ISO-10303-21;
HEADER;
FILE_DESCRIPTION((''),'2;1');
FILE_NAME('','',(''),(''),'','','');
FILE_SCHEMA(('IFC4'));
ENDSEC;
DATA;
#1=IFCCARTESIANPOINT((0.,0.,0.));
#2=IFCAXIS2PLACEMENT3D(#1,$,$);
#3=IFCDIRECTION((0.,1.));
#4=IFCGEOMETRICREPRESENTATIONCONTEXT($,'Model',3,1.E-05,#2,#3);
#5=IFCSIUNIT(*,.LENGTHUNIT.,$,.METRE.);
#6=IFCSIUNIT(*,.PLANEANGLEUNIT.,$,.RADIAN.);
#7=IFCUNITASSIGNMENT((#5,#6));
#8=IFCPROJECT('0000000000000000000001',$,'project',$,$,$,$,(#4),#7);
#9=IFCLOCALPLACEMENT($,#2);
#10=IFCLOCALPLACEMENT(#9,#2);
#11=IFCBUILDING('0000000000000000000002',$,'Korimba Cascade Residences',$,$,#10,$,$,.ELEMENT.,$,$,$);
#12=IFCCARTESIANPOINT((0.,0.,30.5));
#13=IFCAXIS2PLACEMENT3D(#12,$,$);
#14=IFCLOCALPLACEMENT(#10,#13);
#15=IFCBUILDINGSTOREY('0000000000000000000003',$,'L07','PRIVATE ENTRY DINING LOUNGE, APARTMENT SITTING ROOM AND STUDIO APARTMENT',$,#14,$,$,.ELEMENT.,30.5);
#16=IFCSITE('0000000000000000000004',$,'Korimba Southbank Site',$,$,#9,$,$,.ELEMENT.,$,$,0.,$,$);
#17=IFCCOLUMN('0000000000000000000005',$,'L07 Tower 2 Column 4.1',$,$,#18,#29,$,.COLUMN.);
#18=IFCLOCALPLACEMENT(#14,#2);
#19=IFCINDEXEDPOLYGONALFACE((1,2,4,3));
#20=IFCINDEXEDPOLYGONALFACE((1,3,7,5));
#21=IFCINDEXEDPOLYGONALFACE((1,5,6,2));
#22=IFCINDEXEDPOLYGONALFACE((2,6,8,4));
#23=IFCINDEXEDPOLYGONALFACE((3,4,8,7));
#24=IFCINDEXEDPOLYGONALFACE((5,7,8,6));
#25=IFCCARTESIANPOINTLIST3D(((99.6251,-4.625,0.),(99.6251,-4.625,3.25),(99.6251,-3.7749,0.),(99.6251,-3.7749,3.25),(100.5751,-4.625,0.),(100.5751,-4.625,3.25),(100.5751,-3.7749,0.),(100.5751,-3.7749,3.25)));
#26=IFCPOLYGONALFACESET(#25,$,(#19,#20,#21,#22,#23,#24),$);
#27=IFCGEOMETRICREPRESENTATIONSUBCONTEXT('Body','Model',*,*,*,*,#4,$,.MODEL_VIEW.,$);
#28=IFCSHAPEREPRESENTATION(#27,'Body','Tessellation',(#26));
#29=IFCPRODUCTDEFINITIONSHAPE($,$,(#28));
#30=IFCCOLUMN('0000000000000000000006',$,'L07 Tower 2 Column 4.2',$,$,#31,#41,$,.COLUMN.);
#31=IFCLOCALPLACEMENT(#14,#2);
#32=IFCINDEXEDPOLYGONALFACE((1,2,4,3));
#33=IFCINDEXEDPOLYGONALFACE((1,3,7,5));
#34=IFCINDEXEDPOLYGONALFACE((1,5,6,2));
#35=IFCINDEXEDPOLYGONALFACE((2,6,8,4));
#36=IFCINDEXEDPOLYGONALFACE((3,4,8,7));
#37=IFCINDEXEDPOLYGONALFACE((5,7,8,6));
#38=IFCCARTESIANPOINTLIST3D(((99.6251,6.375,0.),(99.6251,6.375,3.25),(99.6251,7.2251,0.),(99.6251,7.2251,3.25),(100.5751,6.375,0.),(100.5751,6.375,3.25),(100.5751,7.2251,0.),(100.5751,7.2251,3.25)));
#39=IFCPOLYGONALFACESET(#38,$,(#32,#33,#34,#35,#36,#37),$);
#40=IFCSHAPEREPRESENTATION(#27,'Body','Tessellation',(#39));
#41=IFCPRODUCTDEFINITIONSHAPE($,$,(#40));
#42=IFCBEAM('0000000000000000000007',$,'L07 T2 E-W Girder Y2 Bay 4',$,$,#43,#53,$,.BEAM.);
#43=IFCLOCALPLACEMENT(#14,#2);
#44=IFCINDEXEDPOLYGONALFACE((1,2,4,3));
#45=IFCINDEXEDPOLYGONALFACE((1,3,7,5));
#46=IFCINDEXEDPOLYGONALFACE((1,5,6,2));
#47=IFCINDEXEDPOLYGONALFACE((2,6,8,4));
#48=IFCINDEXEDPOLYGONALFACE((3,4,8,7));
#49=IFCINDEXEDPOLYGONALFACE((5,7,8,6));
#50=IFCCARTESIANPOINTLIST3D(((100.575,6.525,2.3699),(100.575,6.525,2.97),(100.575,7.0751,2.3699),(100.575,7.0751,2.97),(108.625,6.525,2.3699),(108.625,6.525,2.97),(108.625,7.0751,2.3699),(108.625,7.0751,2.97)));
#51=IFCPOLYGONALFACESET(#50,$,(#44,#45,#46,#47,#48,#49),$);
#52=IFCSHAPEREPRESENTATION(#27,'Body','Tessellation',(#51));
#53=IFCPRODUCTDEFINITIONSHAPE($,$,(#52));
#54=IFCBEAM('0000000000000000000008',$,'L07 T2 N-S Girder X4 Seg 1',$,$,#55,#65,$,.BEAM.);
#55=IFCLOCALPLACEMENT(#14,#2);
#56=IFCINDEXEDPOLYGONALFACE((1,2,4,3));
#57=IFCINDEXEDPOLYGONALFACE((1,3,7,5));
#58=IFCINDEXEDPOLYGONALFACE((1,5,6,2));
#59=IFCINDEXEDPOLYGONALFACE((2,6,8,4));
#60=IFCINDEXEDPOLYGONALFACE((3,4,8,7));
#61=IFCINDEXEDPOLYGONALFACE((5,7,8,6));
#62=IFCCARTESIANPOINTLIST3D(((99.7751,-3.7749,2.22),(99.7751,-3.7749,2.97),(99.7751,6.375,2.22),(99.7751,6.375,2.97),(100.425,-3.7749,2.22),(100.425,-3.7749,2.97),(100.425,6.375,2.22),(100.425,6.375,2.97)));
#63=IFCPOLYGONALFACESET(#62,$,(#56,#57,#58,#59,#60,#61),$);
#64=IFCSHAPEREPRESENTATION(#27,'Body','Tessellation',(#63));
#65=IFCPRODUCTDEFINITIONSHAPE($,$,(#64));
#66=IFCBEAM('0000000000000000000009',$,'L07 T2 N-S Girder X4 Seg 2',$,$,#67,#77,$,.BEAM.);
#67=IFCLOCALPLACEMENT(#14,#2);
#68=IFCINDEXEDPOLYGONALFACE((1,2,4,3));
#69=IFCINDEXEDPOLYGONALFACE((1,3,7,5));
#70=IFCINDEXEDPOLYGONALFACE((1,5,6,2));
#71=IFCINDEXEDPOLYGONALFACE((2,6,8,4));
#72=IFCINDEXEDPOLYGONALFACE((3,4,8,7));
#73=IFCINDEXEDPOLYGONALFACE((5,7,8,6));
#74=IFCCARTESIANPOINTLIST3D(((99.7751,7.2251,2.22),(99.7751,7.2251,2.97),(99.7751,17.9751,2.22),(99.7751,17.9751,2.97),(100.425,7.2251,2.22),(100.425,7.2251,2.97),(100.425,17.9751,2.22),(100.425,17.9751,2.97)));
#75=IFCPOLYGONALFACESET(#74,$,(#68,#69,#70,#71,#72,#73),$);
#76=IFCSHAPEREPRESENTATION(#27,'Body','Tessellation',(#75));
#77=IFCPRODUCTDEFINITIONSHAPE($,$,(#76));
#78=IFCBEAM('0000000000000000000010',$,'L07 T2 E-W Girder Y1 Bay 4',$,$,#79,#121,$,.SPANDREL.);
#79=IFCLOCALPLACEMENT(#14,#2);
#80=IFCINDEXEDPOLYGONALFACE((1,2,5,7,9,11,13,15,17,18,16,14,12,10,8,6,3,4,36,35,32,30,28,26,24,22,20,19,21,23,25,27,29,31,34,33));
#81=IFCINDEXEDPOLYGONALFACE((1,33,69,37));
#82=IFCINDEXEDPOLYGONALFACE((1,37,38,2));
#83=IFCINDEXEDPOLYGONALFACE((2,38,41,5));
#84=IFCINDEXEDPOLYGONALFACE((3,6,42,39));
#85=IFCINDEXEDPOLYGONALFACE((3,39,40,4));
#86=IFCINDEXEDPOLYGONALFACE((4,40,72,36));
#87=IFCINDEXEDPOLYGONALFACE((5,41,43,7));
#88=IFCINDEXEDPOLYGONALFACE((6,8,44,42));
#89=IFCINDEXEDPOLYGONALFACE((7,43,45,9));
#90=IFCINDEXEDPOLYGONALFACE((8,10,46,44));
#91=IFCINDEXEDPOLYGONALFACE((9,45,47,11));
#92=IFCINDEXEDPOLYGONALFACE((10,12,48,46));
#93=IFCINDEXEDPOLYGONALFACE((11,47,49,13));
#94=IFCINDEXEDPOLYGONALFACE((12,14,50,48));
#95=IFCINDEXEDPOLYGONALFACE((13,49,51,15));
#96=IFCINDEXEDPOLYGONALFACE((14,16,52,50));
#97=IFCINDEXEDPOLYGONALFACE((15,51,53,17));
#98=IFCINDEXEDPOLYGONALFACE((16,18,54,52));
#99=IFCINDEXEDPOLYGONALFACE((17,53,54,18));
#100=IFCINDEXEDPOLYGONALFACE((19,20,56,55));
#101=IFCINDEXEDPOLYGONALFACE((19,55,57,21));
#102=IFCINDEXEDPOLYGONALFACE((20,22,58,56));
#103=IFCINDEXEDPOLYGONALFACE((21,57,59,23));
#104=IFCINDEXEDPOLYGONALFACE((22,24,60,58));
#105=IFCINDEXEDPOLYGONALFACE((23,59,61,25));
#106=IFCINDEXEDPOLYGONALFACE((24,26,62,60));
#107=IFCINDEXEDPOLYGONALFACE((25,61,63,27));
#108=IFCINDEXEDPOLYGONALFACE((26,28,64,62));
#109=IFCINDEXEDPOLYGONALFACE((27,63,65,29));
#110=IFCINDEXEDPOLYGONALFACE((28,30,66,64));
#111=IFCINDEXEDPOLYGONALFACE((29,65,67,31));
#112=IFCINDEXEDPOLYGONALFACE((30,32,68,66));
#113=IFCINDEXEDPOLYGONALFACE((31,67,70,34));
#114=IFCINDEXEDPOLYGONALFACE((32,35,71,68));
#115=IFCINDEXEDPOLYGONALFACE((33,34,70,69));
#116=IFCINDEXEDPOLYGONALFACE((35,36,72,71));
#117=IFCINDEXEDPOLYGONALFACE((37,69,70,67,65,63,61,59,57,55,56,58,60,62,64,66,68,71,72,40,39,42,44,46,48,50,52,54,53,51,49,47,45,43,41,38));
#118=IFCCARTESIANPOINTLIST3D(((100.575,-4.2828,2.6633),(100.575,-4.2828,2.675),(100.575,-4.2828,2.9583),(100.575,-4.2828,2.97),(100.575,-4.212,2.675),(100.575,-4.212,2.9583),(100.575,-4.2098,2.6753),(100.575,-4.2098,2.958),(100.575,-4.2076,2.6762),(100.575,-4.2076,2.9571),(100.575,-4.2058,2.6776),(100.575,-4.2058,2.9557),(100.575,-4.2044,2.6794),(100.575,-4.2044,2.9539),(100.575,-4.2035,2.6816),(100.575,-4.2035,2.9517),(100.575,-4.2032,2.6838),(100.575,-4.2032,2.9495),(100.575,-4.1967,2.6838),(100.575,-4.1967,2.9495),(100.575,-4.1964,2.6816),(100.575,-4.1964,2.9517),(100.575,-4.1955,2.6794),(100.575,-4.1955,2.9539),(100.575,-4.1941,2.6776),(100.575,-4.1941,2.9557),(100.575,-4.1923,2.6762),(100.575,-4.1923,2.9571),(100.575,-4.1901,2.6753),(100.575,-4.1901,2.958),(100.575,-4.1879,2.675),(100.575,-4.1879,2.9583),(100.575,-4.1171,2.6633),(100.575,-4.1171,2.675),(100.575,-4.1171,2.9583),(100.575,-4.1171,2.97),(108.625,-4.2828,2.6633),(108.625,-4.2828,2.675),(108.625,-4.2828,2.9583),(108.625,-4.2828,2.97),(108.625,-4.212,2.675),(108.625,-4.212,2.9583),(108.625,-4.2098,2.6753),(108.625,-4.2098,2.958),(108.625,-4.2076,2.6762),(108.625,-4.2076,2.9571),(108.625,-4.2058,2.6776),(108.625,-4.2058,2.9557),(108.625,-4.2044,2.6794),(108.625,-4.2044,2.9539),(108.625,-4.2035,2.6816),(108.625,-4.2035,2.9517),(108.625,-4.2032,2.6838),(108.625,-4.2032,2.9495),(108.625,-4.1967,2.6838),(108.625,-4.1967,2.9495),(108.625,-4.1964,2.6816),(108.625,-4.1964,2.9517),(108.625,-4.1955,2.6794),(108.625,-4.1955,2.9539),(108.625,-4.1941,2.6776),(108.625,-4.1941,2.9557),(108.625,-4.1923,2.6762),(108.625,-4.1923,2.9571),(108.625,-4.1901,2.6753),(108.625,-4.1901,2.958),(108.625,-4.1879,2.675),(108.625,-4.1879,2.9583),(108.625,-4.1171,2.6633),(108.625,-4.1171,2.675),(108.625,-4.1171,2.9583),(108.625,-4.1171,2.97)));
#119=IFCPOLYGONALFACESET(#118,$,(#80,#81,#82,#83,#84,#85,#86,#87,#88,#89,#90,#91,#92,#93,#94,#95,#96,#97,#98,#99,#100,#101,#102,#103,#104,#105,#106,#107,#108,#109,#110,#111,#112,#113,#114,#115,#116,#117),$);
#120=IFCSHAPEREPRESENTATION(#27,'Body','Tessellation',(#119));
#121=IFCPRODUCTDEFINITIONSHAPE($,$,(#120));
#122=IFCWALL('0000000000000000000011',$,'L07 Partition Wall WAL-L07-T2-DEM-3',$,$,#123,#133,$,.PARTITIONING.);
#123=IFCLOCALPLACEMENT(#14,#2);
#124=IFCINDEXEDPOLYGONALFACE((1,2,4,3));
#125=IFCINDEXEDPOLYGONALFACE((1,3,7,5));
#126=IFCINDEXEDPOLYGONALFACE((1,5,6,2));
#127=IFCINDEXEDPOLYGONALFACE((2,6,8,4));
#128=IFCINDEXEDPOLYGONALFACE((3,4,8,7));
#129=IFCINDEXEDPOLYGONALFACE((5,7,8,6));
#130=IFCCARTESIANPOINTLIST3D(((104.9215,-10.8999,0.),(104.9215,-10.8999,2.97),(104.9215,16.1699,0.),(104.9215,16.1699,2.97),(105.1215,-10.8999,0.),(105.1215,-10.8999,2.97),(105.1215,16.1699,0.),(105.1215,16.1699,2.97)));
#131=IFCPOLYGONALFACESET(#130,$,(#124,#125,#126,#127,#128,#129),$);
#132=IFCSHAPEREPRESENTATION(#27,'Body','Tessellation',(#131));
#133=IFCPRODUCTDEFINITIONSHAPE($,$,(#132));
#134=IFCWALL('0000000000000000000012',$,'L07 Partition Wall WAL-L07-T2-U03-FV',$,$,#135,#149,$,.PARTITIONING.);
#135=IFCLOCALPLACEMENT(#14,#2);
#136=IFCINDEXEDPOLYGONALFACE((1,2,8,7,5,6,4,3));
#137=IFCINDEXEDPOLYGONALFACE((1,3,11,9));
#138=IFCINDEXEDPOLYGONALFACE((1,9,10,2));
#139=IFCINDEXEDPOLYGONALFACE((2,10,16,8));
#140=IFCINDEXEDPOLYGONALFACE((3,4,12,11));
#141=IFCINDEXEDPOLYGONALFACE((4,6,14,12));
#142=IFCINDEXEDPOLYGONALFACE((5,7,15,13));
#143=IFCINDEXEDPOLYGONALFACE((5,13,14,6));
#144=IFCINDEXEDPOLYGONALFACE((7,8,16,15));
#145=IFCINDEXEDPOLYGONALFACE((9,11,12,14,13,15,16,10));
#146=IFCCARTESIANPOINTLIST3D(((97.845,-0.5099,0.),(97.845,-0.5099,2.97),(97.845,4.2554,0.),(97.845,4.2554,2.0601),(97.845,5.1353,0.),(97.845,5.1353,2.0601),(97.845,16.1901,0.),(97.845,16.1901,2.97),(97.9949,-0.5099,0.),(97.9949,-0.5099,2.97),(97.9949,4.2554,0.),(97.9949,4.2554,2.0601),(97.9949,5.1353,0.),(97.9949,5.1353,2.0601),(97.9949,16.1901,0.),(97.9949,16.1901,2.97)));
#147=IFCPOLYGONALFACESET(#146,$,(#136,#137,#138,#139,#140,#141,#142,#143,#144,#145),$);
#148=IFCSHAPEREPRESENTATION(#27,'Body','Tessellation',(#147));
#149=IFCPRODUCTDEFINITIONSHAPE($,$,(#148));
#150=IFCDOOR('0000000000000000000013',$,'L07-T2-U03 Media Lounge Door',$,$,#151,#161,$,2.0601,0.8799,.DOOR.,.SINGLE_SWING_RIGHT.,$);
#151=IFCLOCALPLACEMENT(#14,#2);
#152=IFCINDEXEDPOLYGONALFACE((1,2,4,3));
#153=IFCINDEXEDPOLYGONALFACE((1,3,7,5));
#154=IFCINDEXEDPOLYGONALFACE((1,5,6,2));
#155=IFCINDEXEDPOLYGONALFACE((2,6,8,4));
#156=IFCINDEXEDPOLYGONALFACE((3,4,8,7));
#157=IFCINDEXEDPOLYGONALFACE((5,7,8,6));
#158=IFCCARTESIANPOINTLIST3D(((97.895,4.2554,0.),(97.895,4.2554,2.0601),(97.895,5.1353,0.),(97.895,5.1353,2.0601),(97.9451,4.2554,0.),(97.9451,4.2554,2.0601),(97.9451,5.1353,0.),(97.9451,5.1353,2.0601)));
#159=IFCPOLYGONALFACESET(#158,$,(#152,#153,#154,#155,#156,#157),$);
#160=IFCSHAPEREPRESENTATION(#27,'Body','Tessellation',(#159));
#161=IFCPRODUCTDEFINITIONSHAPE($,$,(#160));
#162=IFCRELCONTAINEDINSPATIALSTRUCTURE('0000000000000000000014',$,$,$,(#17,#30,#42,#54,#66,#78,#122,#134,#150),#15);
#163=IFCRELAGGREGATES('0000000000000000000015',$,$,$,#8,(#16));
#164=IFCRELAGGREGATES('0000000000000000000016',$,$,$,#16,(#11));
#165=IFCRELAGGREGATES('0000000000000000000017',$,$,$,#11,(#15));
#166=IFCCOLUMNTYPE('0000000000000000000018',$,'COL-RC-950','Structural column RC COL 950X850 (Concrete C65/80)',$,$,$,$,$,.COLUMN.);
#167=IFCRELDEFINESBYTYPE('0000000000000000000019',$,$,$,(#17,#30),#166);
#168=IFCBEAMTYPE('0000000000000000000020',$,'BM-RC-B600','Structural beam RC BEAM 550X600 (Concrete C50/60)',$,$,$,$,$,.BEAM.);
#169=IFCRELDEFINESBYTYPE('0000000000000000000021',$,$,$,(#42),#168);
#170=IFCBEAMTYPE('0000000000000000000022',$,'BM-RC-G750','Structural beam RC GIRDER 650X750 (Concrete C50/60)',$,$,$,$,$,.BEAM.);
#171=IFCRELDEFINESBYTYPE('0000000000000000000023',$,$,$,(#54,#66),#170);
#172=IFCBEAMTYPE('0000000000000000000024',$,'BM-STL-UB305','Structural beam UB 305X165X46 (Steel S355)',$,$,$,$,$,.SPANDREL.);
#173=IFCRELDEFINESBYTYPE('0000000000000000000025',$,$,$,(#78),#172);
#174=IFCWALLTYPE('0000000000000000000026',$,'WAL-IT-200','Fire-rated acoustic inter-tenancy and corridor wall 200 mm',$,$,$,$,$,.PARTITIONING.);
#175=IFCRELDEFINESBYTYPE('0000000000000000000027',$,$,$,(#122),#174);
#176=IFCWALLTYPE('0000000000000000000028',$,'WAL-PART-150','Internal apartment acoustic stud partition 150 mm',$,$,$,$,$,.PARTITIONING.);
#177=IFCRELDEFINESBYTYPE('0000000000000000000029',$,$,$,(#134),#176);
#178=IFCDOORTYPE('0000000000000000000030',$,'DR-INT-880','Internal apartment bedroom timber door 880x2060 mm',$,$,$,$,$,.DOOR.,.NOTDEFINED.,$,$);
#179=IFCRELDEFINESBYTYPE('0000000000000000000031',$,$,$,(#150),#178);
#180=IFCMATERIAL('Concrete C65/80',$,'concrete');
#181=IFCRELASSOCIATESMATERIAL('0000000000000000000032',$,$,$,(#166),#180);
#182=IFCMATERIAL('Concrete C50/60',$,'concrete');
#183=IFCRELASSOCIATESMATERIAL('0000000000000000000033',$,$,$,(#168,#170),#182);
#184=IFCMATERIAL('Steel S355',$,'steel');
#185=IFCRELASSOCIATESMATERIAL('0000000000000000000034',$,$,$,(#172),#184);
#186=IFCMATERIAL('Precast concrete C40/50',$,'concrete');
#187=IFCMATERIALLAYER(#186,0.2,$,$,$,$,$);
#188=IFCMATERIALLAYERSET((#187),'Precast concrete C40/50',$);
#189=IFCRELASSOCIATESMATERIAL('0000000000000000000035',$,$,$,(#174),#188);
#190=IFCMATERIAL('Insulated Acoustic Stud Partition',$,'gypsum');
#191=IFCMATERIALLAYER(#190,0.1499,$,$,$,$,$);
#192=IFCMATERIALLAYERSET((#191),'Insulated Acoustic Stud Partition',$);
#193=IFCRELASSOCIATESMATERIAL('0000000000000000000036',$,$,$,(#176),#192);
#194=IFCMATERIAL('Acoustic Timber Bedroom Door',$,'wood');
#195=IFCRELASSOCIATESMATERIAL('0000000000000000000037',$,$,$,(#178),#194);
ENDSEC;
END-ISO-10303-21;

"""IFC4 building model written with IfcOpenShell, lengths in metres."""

from ifc_helpers import new_model, si_unit, direction, frame, frame_2d, origin, origin_2d, place, context, subcontext, project, spatial, rectangle, i_section, extrude, material, layer, layer_set, material_profile, profile_set, type_object, element, fill, save


model = new_model("IFC4")

# Units and contexts
model_context = context("Model", 3, precision=1e-05, world=origin(), true_north=direction((0.0, 1.0)))
body_context = subcontext(model_context, "Body", "Model", "MODEL_VIEW")
ifc_project = project(units=[si_unit("LENGTHUNIT", "METRE"), si_unit("PLANEANGLEUNIT", "RADIAN")], contexts=[model_context])

# Site, building, storey
site_placement = place(None, origin())
site = spatial("IfcSite", under=ifc_project, at=site_placement, Name="Korimba Southbank Site", CompositionType="ELEMENT", RefElevation=0.0)
building_placement = place(site_placement, origin())
building = spatial("IfcBuilding", under=site, at=building_placement, Name="Korimba Cascade Residences", CompositionType="ELEMENT")
storey_placement = place(building_placement, frame((0.0, 0.0, 30.5)))
storey = spatial("IfcBuildingStorey", under=building, at=storey_placement, Name="L07", Description="PRIVATE ENTRY DINING LOUNGE, APARTMENT SITTING ROOM AND STUDIO APARTMENT", CompositionType="ELEMENT", Elevation=30.5)

# Columns
ifc_material_1 = material(Name="Concrete C65/80", Category="concrete")
ifc_material_profile_1 = material_profile(ifc_material_1, rectangle(XDim=0.95, YDim=0.8501, at=origin_2d()), Name="Concrete C65/80")
ifc_profile_set_1 = profile_set([ifc_material_profile_1], Name="Concrete C65/80")
column_type = type_object("IfcColumnType", Name="COL-RC-950", Description="Structural column RC COL 950X850 (Concrete C65/80)", PredefinedType="COLUMN", material=ifc_profile_set_1)
for number, where, z_axis, x_axis, name in (
    (1, (100.1001, -4.2, 0.0), (0.0, 0.0, 1.0), (1.0, 0.0, 0.0), "L07 Tower 2 Column 4.1"),
    (2, (100.1001, 6.8, 0.0), (0.0, 0.0, 1.0), (1.0, 0.0, 0.0), "L07 Tower 2 Column 4.2"),
):
    element("IfcColumn", number, at=place(storey_placement, frame(where, z_axis=z_axis, x_axis=x_axis)), inside=storey, type_object=column_type, Name=name, PredefinedType="COLUMN", context=body_context, shape_type="SweptSolid", body=[
        extrude(rectangle(XDim=0.95, YDim=0.8501, at=origin_2d()), origin(), (0.0, 0.0, 1.0), 3.25),
    ])

# Beams
ifc_material_2 = material(Name="Concrete C50/60", Category="concrete")
ifc_material_profile_2 = material_profile(ifc_material_2, rectangle(XDim=0.55, YDim=0.6001, at=origin_2d()), Name="Concrete C50/60")
ifc_profile_set_2 = profile_set([ifc_material_profile_2], Name="Concrete C50/60")
beam_type_1 = type_object("IfcBeamType", Name="BM-RC-B600", Description="Structural beam RC BEAM 550X600 (Concrete C50/60)", PredefinedType="BEAM", material=ifc_profile_set_2)
beam_1_placement = place(storey_placement, frame((100.575, 6.8, 2.6699), z_axis=(1.0, 0.0, 0.0), x_axis=(0.0, 1.0, 0.0)))
element("IfcBeam", 3, at=beam_1_placement, inside=storey, type_object=beam_type_1, Name="L07 T2 E-W Girder Y2 Bay 4", PredefinedType="BEAM", context=body_context, shape_type="SweptSolid", body=[
    extrude(rectangle(XDim=0.55, YDim=0.6001, at=origin_2d()), origin(), (0.0, 0.0, 1.0), 8.05),
])
ifc_material_profile_3 = material_profile(ifc_material_2, rectangle(XDim=0.6499, YDim=0.75, at=origin_2d()), Name="Concrete C50/60")
ifc_profile_set_3 = profile_set([ifc_material_profile_3], Name="Concrete C50/60")
beam_type_2 = type_object("IfcBeamType", Name="BM-RC-G750", Description="Structural beam RC GIRDER 650X750 (Concrete C50/60)", PredefinedType="BEAM", material=ifc_profile_set_3)
beam_2_placement = place(storey_placement, frame((100.1001, -3.7749, 2.595), z_axis=(0.0, 1.0, 0.0), x_axis=(-1.0, 0.0, 0.0)))
element("IfcBeam", 4, at=beam_2_placement, inside=storey, type_object=beam_type_2, Name="L07 T2 N-S Girder X4 Seg 1", PredefinedType="BEAM", context=body_context, shape_type="SweptSolid", body=[
    extrude(rectangle(XDim=0.6499, YDim=0.75, at=origin_2d()), origin(), (0.0, 0.0, 1.0), 10.1499),
])
beam_3_placement = place(storey_placement, frame((100.1001, 7.2251, 2.595), z_axis=(0.0, 1.0, 0.0), x_axis=(-1.0, 0.0, 0.0)))
element("IfcBeam", 5, at=beam_3_placement, inside=storey, type_object=beam_type_2, Name="L07 T2 N-S Girder X4 Seg 2", PredefinedType="BEAM", context=body_context, shape_type="SweptSolid", body=[
    extrude(rectangle(XDim=0.6499, YDim=0.75, at=origin_2d()), origin(), (0.0, 0.0, 1.0), 10.75),
])
ifc_material_3 = material(Name="Steel S355", Category="steel")
ifc_material_profile_4 = material_profile(ifc_material_3, i_section(OverallWidth=0.1658, OverallDepth=0.3066, WebThickness=0.0066, FlangeThickness=0.0117, FilletRadius=0.0088, at=origin_2d()), Name="Steel S355")
ifc_profile_set_4 = profile_set([ifc_material_profile_4], Name="Steel S355")
beam_type_3 = type_object("IfcBeamType", Name="BM-STL-UB305", Description="Structural beam UB 305X165X46 (Steel S355)", PredefinedType="SPANDREL", material=ifc_profile_set_4)
beam_4_placement = place(storey_placement, frame((100.575, -4.2, 2.8167), z_axis=(1.0, 0.0, 0.0), x_axis=(0.0, 1.0, 0.0)))
element("IfcBeam", 6, at=beam_4_placement, inside=storey, type_object=beam_type_3, Name="L07 T2 E-W Girder Y1 Bay 4", PredefinedType="SPANDREL", context=body_context, shape_type="SweptSolid", body=[
    extrude(i_section(OverallWidth=0.1658, OverallDepth=0.3066, WebThickness=0.0066, FlangeThickness=0.0117, FilletRadius=0.0088, at=origin_2d()), origin(), (0.0, 0.0, 1.0), 8.05),
])

# Wall
ifc_material_4 = material(Name="Precast concrete C40/50", Category="concrete")
ifc_layer_1 = layer(ifc_material_4, 0.2)
ifc_layer_set_1 = layer_set([ifc_layer_1], Name="Precast concrete C40/50")
wall_type_1 = type_object("IfcWallType", Name="WAL-IT-200", Description="Fire-rated acoustic inter-tenancy and corridor wall 200 mm", PredefinedType="PARTITIONING", material=ifc_layer_set_1)
wall_1_placement = place(storey_placement, frame((105.0215, -10.8999, 0.0), z_axis=(0.0, 0.0, 1.0), x_axis=(0.0, 1.0, 0.0)))
element("IfcWall", 7, at=wall_1_placement, inside=storey, type_object=wall_type_1, Name="L07 Partition Wall WAL-L07-T2-DEM-3", PredefinedType="PARTITIONING", context=body_context, shape_type="SweptSolid", body=[
    extrude(rectangle(XDim=27.0698, YDim=0.2, at=frame_2d((13.5349, 0.0))), origin(), (0.0, 0.0, 1.0), 2.97),
])

# Wall, opening, door
ifc_material_5 = material(Name="Insulated Acoustic Stud Partition", Category="gypsum")
ifc_layer_2 = layer(ifc_material_5, 0.1499)
ifc_layer_set_2 = layer_set([ifc_layer_2], Name="Insulated Acoustic Stud Partition")
wall_type_2 = type_object("IfcWallType", Name="WAL-PART-150", Description="Internal apartment acoustic stud partition 150 mm", PredefinedType="PARTITIONING", material=ifc_layer_set_2)
wall_2_placement = place(storey_placement, frame((97.9199, -0.51, 0.0), z_axis=(0.0, 0.0, 1.0), x_axis=(0.0, 1.0, 0.0)))
wall_2 = element("IfcWall", 8, at=wall_2_placement, inside=storey, type_object=wall_type_2, Name="L07 Partition Wall WAL-L07-T2-U03-FV", PredefinedType="PARTITIONING", context=body_context, shape_type="SweptSolid", body=[
    extrude(rectangle(XDim=16.7, YDim=0.1499, at=frame_2d((8.3501, 0.0))), origin(), (0.0, 0.0, 1.0), 2.97),
])
opening_1_placement = place(wall_2_placement, frame((4.7654, 0.0, 0.0)))
opening_1 = element("IfcOpeningElement", 9, at=opening_1_placement, cuts=wall_2, PredefinedType="OPENING", context=body_context, shape_type="SweptSolid", body=[
    extrude(rectangle(XDim=0.8799, YDim=2.0601, at=frame_2d((0.4399, 1.03))), frame((0.0, 0.085, 0.0), z_axis=(0.0, -1.0, 0.0), x_axis=(1.0, 0.0, 0.0)), (0.0, 0.0, 1.0), 0.1699),
])
ifc_material_6 = material(Name="Acoustic Timber Bedroom Door", Category="wood")
door_type_1 = type_object("IfcDoorType", Name="DR-INT-880", Description="Internal apartment bedroom timber door 880x2060 mm", OperationType="NOTDEFINED", PredefinedType="DOOR", material=ifc_material_6)
door_1_placement = place(opening_1_placement, origin())
door_1 = element("IfcDoor", 10, at=door_1_placement, inside=storey, type_object=door_type_1, Name="L07-T2-U03 Media Lounge Door", OperationType="SINGLE_SWING_RIGHT", OverallHeight=2.0601, OverallWidth=0.8799, PredefinedType="DOOR", context=body_context, shape_type="SweptSolid", body=[
    extrude(rectangle(XDim=0.8799, YDim=2.0601, at=frame_2d((0.4399, 1.03))), frame((0.0, 0.0249, 0.0), z_axis=(0.0, -1.0, 0.0), x_axis=(1.0, 0.0, 0.0)), (0.0, 0.0, 1.0), 0.05),
])
fill(opening_1, door_1)

save(model, "model.ifc")
